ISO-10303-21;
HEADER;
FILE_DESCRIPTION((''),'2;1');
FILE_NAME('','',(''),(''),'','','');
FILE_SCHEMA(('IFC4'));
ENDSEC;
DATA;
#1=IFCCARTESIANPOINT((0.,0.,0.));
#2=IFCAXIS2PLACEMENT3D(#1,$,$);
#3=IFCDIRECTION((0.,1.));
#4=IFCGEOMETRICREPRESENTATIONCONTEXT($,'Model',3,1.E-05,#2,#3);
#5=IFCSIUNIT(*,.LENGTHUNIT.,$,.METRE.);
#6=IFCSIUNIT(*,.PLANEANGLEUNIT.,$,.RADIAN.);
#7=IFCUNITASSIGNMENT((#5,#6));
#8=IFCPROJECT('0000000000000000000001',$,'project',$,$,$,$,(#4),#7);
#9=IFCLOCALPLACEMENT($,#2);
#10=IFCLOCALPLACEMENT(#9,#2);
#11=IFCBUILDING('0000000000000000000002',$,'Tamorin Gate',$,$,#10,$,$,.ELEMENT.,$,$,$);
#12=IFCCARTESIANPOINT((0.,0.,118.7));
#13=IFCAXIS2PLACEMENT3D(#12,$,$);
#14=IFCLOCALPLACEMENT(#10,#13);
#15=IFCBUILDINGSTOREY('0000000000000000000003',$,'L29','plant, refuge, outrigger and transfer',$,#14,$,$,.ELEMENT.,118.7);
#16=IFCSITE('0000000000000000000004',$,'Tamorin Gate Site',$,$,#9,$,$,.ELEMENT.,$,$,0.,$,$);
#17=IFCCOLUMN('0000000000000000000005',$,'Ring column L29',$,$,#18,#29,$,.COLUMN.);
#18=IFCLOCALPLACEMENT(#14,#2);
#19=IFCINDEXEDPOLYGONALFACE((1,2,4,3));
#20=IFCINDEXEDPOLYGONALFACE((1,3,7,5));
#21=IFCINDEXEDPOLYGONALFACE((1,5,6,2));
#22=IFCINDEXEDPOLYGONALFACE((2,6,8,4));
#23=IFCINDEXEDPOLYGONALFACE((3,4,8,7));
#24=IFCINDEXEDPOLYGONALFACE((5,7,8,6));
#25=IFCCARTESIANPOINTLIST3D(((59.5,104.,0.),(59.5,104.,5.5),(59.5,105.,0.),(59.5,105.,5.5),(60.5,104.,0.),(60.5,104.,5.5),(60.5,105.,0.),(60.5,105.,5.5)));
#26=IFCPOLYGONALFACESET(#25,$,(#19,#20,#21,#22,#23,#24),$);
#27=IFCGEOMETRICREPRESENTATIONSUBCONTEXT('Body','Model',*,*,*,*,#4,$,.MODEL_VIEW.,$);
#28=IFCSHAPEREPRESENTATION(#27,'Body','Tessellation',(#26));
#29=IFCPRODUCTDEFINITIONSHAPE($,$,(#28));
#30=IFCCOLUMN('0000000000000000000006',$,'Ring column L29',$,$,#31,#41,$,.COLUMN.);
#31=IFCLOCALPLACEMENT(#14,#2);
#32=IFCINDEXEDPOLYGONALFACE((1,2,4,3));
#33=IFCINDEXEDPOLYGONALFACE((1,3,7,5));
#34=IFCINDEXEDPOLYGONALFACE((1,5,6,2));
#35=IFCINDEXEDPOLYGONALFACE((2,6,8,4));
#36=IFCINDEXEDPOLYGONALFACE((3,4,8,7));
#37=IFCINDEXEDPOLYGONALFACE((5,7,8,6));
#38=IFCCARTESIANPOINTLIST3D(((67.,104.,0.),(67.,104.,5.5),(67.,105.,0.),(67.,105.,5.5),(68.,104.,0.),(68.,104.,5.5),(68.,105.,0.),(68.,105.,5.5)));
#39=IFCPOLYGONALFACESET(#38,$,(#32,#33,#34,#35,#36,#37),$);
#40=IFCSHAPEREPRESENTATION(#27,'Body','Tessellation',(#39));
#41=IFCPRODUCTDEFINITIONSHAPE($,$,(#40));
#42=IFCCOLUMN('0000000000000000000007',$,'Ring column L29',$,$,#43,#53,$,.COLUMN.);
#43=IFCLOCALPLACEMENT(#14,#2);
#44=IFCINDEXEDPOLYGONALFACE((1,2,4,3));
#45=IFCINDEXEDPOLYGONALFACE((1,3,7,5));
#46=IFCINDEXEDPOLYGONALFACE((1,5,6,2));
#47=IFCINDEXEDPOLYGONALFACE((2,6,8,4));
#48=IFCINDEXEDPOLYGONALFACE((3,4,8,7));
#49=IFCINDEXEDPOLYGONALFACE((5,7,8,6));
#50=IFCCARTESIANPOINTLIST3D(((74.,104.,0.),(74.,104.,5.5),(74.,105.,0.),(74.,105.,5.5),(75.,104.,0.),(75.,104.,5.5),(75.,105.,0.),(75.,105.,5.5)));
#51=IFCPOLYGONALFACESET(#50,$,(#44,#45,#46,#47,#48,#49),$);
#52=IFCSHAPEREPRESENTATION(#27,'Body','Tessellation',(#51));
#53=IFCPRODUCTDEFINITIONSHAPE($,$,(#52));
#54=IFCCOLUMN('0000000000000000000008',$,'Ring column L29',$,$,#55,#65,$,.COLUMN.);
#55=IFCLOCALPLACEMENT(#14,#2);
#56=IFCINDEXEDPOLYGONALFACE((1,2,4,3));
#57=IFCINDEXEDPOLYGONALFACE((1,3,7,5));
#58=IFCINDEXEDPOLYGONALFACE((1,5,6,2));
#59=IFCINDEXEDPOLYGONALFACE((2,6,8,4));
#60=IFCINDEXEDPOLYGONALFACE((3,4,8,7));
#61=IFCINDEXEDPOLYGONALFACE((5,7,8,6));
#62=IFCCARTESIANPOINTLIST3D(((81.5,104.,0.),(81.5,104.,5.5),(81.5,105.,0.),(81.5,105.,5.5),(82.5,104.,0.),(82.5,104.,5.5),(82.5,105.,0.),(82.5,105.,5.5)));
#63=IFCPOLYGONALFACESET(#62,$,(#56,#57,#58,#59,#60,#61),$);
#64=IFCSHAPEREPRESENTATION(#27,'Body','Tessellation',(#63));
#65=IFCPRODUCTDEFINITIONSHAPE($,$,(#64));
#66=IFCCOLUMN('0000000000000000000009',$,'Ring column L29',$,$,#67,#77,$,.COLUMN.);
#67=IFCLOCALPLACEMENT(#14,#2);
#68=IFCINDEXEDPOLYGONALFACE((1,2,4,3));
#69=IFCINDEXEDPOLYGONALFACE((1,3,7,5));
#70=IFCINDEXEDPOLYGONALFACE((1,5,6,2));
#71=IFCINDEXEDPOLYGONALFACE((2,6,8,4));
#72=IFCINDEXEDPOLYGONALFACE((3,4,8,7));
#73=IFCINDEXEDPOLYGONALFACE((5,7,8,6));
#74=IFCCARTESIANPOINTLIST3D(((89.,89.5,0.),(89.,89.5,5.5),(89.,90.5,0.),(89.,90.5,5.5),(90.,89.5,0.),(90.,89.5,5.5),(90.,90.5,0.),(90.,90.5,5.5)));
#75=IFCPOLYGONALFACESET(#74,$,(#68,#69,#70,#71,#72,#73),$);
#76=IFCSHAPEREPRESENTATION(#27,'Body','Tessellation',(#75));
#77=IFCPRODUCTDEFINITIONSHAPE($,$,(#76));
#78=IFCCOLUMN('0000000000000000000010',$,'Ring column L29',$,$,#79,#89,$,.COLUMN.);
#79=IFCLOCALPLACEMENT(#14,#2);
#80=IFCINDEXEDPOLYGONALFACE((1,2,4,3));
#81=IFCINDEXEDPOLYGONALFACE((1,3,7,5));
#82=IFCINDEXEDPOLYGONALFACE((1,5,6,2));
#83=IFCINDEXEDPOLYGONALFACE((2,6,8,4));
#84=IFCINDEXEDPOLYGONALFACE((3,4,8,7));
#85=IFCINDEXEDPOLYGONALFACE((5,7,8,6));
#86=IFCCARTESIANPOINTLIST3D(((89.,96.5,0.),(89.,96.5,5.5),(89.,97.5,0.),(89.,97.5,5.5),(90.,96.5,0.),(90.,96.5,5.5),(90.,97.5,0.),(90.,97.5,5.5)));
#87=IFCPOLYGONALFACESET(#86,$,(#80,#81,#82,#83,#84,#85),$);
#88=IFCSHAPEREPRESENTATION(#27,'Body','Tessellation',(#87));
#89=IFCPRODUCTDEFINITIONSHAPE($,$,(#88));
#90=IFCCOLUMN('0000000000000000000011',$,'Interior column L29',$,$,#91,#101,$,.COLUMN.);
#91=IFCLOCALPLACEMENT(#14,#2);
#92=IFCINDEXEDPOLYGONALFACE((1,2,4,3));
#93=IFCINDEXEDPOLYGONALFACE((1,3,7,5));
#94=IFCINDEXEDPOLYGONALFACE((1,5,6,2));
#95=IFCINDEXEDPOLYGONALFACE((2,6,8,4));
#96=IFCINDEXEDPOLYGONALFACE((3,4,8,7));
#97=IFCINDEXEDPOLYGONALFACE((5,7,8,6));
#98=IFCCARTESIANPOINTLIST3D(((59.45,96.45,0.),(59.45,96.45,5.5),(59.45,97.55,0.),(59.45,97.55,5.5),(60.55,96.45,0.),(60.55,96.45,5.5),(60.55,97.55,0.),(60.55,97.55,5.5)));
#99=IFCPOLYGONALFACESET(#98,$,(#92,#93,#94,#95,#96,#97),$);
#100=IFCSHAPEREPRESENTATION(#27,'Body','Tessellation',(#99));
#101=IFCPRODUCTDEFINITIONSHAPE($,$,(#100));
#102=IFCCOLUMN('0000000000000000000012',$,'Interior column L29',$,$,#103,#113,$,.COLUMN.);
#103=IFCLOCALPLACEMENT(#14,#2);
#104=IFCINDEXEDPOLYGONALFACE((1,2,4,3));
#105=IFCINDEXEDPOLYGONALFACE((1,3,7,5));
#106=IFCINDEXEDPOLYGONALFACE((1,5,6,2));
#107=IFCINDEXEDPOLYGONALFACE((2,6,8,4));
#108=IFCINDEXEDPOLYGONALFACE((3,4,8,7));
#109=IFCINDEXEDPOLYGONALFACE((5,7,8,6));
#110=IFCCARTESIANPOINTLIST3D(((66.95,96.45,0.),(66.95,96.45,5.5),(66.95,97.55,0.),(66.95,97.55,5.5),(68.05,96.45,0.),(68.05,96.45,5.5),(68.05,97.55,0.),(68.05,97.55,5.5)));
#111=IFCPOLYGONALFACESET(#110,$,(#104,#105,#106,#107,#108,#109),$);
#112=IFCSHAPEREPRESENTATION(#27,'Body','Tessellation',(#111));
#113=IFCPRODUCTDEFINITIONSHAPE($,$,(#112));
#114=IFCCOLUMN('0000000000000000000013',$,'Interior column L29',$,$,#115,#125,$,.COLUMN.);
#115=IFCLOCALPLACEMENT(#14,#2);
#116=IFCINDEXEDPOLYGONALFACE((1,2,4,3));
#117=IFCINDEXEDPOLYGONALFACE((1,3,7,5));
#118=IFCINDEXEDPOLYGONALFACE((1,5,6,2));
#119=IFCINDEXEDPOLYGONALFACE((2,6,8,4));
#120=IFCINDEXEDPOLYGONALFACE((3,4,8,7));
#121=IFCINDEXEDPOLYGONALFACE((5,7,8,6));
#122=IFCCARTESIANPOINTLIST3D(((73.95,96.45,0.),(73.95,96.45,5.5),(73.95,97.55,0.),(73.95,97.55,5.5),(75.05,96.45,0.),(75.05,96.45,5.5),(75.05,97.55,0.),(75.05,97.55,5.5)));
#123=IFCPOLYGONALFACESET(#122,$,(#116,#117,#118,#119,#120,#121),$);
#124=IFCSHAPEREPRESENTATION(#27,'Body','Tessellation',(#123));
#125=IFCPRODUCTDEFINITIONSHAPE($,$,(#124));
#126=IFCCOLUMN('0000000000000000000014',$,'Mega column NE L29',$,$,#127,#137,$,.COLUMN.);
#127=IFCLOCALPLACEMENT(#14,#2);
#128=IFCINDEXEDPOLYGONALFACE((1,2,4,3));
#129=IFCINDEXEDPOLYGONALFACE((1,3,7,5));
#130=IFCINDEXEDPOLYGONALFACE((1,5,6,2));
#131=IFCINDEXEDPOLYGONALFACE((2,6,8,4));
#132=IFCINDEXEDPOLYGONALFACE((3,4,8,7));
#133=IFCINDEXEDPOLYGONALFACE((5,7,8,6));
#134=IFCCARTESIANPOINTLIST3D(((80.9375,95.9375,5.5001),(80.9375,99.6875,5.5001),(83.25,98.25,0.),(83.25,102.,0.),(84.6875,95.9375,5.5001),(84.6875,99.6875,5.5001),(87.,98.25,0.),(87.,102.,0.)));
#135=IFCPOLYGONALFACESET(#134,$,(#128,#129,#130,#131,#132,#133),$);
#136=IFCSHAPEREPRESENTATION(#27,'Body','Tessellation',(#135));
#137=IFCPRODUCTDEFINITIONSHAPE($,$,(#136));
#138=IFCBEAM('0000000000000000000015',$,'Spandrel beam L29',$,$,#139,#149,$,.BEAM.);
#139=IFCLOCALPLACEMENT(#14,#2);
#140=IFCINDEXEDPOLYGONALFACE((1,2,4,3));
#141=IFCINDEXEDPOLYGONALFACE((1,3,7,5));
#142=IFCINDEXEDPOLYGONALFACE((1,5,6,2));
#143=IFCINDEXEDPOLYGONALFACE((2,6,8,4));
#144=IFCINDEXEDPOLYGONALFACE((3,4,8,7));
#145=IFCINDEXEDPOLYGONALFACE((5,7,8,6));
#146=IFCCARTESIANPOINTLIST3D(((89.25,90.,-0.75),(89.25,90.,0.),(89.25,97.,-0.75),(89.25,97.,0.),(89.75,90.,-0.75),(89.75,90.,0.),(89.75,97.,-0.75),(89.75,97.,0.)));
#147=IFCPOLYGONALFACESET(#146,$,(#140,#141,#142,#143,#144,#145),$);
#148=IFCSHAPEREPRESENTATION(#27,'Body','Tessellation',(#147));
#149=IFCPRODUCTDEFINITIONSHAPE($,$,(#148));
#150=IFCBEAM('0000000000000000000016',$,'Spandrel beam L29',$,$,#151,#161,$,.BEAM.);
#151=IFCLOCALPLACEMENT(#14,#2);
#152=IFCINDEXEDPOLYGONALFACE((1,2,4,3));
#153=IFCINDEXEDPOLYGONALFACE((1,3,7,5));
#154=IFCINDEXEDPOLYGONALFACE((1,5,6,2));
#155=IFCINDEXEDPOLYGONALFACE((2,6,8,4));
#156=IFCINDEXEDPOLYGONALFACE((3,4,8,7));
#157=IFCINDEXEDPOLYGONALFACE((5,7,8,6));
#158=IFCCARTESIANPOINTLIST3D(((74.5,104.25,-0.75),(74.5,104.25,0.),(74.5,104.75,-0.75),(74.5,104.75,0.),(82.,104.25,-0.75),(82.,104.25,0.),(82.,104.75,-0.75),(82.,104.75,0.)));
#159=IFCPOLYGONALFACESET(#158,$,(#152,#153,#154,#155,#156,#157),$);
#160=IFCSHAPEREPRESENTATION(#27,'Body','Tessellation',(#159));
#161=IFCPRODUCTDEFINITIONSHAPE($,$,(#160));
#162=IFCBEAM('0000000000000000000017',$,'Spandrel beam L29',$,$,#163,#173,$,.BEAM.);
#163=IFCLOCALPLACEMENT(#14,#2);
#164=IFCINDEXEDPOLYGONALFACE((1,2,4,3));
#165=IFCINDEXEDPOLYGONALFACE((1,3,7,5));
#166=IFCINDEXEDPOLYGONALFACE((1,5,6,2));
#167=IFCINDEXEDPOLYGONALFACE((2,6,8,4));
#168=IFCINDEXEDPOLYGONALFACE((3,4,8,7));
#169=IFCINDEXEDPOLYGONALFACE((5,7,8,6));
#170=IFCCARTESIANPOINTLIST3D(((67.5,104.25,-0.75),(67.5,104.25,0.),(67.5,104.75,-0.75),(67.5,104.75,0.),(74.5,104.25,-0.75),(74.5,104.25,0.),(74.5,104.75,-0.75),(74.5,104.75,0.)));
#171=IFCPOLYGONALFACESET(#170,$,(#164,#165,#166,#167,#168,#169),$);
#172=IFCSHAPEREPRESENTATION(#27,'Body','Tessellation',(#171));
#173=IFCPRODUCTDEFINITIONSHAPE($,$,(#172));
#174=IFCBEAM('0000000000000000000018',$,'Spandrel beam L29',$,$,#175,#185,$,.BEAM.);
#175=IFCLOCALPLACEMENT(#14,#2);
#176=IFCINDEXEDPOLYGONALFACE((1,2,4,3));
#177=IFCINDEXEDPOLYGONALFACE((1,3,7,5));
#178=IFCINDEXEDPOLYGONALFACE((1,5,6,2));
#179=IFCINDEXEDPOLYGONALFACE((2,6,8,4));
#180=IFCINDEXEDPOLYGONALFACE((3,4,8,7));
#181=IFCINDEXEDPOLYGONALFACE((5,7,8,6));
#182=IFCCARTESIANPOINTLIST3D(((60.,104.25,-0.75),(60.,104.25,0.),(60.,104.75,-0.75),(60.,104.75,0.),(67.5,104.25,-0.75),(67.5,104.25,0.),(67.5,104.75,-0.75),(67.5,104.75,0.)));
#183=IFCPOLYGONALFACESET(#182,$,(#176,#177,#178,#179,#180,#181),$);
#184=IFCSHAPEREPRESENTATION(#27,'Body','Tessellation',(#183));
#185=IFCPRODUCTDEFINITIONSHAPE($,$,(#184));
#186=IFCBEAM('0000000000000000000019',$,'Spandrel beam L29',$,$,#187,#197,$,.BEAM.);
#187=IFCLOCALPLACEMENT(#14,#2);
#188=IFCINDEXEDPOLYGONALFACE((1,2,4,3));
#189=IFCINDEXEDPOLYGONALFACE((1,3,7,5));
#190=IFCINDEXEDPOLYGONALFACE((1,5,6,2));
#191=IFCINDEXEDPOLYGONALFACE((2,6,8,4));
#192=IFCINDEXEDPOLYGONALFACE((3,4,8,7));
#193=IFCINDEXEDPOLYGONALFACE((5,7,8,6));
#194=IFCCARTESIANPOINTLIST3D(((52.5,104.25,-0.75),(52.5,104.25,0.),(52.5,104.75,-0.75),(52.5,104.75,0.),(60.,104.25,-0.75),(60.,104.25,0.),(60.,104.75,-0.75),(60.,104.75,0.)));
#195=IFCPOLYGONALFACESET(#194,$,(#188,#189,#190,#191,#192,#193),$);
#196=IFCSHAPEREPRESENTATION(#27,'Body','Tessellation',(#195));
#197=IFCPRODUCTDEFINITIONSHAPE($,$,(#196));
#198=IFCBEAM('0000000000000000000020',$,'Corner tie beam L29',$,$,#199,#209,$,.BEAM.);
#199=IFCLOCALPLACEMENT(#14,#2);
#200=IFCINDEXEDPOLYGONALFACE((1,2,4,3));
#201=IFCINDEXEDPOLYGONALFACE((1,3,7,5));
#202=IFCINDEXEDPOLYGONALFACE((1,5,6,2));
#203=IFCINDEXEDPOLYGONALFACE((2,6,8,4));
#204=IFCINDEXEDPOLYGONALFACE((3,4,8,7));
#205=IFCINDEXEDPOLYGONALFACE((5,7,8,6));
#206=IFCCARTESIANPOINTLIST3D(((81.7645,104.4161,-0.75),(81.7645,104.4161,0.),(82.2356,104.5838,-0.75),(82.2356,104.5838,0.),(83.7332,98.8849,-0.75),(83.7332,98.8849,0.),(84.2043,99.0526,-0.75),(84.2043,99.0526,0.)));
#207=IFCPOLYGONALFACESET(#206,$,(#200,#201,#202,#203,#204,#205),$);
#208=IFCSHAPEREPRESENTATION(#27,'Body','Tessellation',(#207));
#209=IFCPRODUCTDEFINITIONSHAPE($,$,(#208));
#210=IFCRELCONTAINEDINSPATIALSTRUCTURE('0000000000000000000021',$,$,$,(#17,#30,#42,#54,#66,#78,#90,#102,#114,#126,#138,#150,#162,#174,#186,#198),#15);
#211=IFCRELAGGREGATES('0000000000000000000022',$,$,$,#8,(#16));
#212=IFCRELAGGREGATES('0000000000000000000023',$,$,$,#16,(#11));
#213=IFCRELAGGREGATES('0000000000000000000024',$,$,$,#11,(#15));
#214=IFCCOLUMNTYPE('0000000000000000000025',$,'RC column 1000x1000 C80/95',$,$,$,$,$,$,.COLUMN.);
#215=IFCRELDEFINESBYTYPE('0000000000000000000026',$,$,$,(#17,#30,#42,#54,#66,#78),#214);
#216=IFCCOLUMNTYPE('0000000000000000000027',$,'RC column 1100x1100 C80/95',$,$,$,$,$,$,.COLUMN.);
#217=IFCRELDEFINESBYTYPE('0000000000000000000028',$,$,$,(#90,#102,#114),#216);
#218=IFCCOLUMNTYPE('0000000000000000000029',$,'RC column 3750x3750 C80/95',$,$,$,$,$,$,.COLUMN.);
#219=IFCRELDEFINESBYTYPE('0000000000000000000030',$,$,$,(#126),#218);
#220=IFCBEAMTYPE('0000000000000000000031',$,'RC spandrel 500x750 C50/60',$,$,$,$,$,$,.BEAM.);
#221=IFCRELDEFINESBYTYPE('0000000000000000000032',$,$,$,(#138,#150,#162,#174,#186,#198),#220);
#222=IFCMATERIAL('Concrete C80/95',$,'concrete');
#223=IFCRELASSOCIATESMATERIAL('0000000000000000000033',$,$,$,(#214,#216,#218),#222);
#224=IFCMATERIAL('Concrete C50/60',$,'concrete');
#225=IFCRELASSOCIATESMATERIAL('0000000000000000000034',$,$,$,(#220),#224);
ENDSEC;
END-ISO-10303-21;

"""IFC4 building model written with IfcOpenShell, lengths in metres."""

from ifc_helpers import new_model, si_unit, direction, frame, origin, origin_2d, place, context, subcontext, project, spatial, rectangle, extrude, material, material_profile, profile_set, type_object, element, save


model = new_model("IFC4")

# Units and contexts
model_context = context("Model", 3, precision=1e-05, world=origin(), true_north=direction((0.0, 1.0)))
body_context = subcontext(model_context, "Body", "Model", "MODEL_VIEW")
ifc_project = project(units=[si_unit("LENGTHUNIT", "METRE"), si_unit("PLANEANGLEUNIT", "RADIAN")], contexts=[model_context])

# Site, building, storey
site_placement = place(None, origin())
site = spatial("IfcSite", under=ifc_project, at=site_placement, Name="Tamorin Gate Site", CompositionType="ELEMENT", RefElevation=0.0)
building_placement = place(site_placement, origin())
building = spatial("IfcBuilding", under=site, at=building_placement, Name="Tamorin Gate", CompositionType="ELEMENT")
storey_placement = place(building_placement, frame((0.0, 0.0, 118.7)))
storey = spatial("IfcBuildingStorey", under=building, at=storey_placement, Name="L29", Description="plant, refuge, outrigger and transfer", CompositionType="ELEMENT", Elevation=118.7)

# Columns
ifc_material_1 = material(Name="Concrete C80/95", Category="concrete")
ifc_material_profile_1 = material_profile(ifc_material_1, rectangle(XDim=1.0, YDim=1.0, at=origin_2d()), Name="RC 1000x1000")
ifc_profile_set_1 = profile_set([ifc_material_profile_1], Name="Concrete C80/95")
column_type_1 = type_object("IfcColumnType", Name="RC column 1000x1000 C80/95", PredefinedType="COLUMN", material=ifc_profile_set_1)
for number, where, z_axis, x_axis, name in (
    (1, (60.0, 104.5, 0.0), (0.0, 0.0, 1.0), (1.0, 0.0, 0.0), "Ring column L29"),
    (2, (67.5, 104.5, 0.0), (0.0, 0.0, 1.0), (1.0, 0.0, 0.0), "Ring column L29"),
    (3, (74.5, 104.5, 0.0), (0.0, 0.0, 1.0), (1.0, 0.0, 0.0), "Ring column L29"),
    (4, (82.0, 104.5, 0.0), (0.0, 0.0, 1.0), (1.0, 0.0, 0.0), "Ring column L29"),
    (5, (89.5, 90.0, 0.0), (0.0, 0.0, 1.0), (1.0, 0.0, 0.0), "Ring column L29"),
    (6, (89.5, 97.0, 0.0), (0.0, 0.0, 1.0), (1.0, 0.0, 0.0), "Ring column L29"),
):
    element("IfcColumn", number, at=place(storey_placement, frame(where, z_axis=z_axis, x_axis=x_axis)), inside=storey, type_object=column_type_1, Name=name, PredefinedType="COLUMN", context=body_context, shape_type="SweptSolid", body=[
        extrude(rectangle(XDim=1.0, YDim=1.0, at=origin_2d()), origin(), (0.0, 0.0, 1.0), 5.5),
    ])
ifc_material_profile_2 = material_profile(ifc_material_1, rectangle(XDim=1.1001, YDim=1.1001, at=origin_2d()), Name="RC 1100x1100")
ifc_profile_set_2 = profile_set([ifc_material_profile_2], Name="Concrete C80/95")
column_type_2 = type_object("IfcColumnType", Name="RC column 1100x1100 C80/95", PredefinedType="COLUMN", material=ifc_profile_set_2)
for number, where, z_axis, x_axis, name in (
    (7, (60.0, 97.0, 0.0), (0.0, 0.0, 1.0), (1.0, 0.0, 0.0), "Interior column L29"),
    (8, (67.5, 97.0, 0.0), (0.0, 0.0, 1.0), (1.0, 0.0, 0.0), "Interior column L29"),
    (9, (74.5, 97.0, 0.0), (0.0, 0.0, 1.0), (1.0, 0.0, 0.0), "Interior column L29"),
):
    element("IfcColumn", number, at=place(storey_placement, frame(where, z_axis=z_axis, x_axis=x_axis)), inside=storey, type_object=column_type_2, Name=name, PredefinedType="COLUMN", context=body_context, shape_type="SweptSolid", body=[
        extrude(rectangle(XDim=1.1001, YDim=1.1001, at=origin_2d()), origin(), (0.0, 0.0, 1.0), 5.5),
    ])
ifc_material_profile_3 = material_profile(ifc_material_1, rectangle(XDim=3.75, YDim=3.75, at=origin_2d()), Name="RC 3750x3750")
ifc_profile_set_3 = profile_set([ifc_material_profile_3], Name="Concrete C80/95")
column_type_3 = type_object("IfcColumnType", Name="RC column 3750x3750 C80/95", PredefinedType="COLUMN", material=ifc_profile_set_3)
column_placement = place(storey_placement, frame((85.125, 100.125, 0.0), z_axis=(0.0, 0.0, 1.0), x_axis=(-1.0, 0.0, 0.0)))
element("IfcColumn", 10, at=column_placement, inside=storey, type_object=column_type_3, Name="Mega column NE L29", PredefinedType="COLUMN", context=body_context, shape_type="SweptSolid", body=[
    extrude(rectangle(XDim=3.75, YDim=3.75, at=origin_2d()), origin(), (0.361393, 0.361393, 0.859529), 6.3989),
])

# Beams
ifc_material_2 = material(Name="Concrete C50/60", Category="concrete")
ifc_material_profile_4 = material_profile(ifc_material_2, rectangle(XDim=0.5, YDim=0.75, at=origin_2d()), Name="RC 500x750")
ifc_profile_set_4 = profile_set([ifc_material_profile_4], Name="Concrete C50/60")
beam_type_1 = type_object("IfcBeamType", Name="RC spandrel 500x750 C50/60", PredefinedType="BEAM", material=ifc_profile_set_4)
beam_1_placement = place(storey_placement, frame((89.5, 90.0, -0.375), z_axis=(0.0, 1.0, 0.0), x_axis=(-1.0, 0.0, 0.0)))
element("IfcBeam", 11, at=beam_1_placement, inside=storey, type_object=beam_type_1, Name="Spandrel beam L29", PredefinedType="BEAM", context=body_context, shape_type="SweptSolid", body=[
    extrude(rectangle(XDim=0.5, YDim=0.75, at=origin_2d()), origin(), (0.0, 0.0, 1.0), 7.0),
])
beam_2_placement = place(storey_placement, frame((82.0, 104.5, -0.375), z_axis=(-1.0, 0.0, 0.0), x_axis=(0.0, -1.0, 0.0)))
element("IfcBeam", 12, at=beam_2_placement, inside=storey, type_object=beam_type_1, Name="Spandrel beam L29", PredefinedType="BEAM", context=body_context, shape_type="SweptSolid", body=[
    extrude(rectangle(XDim=0.5, YDim=0.75, at=origin_2d()), origin(), (0.0, 0.0, 1.0), 7.5),
])
beam_3_placement = place(storey_placement, frame((74.5, 104.5, -0.375), z_axis=(-1.0, 0.0, 0.0), x_axis=(0.0, -1.0, 0.0)))
element("IfcBeam", 13, at=beam_3_placement, inside=storey, type_object=beam_type_1, Name="Spandrel beam L29", PredefinedType="BEAM", context=body_context, shape_type="SweptSolid", body=[
    extrude(rectangle(XDim=0.5, YDim=0.75, at=origin_2d()), origin(), (0.0, 0.0, 1.0), 7.0),
])
for number, where, z_axis, x_axis, name in (
    (14, (67.5, 104.5, -0.375), (-1.0, 0.0, 0.0), (0.0, -1.0, 0.0), "Spandrel beam L29"),
    (15, (60.0, 104.5, -0.375), (-1.0, 0.0, 0.0), (0.0, -1.0, 0.0), "Spandrel beam L29"),
):
    element("IfcBeam", number, at=place(storey_placement, frame(where, z_axis=z_axis, x_axis=x_axis)), inside=storey, type_object=beam_type_1, Name=name, PredefinedType="BEAM", context=body_context, shape_type="SweptSolid", body=[
        extrude(rectangle(XDim=0.5, YDim=0.75, at=origin_2d()), origin(), (0.0, 0.0, 1.0), 7.5),
    ])
for number, where, z_axis, x_axis, name in (
    (16, (83.9688, 98.9688, -0.375), (-0.335325, 0.942103, 0.0), (-0.942103, -0.335325, 0.0), "Corner tie beam L29"),
):
    element("IfcBeam", number, at=place(storey_placement, frame(where, z_axis=z_axis, x_axis=x_axis)), inside=storey, type_object=beam_type_1, Name=name, PredefinedType="BEAM", context=body_context, shape_type="SweptSolid", body=[
        extrude(rectangle(XDim=0.5, YDim=0.75, at=origin_2d()), origin(), (0.0, 0.0, 1.0), 5.8711),
    ])

save(model, "model.ifc")
